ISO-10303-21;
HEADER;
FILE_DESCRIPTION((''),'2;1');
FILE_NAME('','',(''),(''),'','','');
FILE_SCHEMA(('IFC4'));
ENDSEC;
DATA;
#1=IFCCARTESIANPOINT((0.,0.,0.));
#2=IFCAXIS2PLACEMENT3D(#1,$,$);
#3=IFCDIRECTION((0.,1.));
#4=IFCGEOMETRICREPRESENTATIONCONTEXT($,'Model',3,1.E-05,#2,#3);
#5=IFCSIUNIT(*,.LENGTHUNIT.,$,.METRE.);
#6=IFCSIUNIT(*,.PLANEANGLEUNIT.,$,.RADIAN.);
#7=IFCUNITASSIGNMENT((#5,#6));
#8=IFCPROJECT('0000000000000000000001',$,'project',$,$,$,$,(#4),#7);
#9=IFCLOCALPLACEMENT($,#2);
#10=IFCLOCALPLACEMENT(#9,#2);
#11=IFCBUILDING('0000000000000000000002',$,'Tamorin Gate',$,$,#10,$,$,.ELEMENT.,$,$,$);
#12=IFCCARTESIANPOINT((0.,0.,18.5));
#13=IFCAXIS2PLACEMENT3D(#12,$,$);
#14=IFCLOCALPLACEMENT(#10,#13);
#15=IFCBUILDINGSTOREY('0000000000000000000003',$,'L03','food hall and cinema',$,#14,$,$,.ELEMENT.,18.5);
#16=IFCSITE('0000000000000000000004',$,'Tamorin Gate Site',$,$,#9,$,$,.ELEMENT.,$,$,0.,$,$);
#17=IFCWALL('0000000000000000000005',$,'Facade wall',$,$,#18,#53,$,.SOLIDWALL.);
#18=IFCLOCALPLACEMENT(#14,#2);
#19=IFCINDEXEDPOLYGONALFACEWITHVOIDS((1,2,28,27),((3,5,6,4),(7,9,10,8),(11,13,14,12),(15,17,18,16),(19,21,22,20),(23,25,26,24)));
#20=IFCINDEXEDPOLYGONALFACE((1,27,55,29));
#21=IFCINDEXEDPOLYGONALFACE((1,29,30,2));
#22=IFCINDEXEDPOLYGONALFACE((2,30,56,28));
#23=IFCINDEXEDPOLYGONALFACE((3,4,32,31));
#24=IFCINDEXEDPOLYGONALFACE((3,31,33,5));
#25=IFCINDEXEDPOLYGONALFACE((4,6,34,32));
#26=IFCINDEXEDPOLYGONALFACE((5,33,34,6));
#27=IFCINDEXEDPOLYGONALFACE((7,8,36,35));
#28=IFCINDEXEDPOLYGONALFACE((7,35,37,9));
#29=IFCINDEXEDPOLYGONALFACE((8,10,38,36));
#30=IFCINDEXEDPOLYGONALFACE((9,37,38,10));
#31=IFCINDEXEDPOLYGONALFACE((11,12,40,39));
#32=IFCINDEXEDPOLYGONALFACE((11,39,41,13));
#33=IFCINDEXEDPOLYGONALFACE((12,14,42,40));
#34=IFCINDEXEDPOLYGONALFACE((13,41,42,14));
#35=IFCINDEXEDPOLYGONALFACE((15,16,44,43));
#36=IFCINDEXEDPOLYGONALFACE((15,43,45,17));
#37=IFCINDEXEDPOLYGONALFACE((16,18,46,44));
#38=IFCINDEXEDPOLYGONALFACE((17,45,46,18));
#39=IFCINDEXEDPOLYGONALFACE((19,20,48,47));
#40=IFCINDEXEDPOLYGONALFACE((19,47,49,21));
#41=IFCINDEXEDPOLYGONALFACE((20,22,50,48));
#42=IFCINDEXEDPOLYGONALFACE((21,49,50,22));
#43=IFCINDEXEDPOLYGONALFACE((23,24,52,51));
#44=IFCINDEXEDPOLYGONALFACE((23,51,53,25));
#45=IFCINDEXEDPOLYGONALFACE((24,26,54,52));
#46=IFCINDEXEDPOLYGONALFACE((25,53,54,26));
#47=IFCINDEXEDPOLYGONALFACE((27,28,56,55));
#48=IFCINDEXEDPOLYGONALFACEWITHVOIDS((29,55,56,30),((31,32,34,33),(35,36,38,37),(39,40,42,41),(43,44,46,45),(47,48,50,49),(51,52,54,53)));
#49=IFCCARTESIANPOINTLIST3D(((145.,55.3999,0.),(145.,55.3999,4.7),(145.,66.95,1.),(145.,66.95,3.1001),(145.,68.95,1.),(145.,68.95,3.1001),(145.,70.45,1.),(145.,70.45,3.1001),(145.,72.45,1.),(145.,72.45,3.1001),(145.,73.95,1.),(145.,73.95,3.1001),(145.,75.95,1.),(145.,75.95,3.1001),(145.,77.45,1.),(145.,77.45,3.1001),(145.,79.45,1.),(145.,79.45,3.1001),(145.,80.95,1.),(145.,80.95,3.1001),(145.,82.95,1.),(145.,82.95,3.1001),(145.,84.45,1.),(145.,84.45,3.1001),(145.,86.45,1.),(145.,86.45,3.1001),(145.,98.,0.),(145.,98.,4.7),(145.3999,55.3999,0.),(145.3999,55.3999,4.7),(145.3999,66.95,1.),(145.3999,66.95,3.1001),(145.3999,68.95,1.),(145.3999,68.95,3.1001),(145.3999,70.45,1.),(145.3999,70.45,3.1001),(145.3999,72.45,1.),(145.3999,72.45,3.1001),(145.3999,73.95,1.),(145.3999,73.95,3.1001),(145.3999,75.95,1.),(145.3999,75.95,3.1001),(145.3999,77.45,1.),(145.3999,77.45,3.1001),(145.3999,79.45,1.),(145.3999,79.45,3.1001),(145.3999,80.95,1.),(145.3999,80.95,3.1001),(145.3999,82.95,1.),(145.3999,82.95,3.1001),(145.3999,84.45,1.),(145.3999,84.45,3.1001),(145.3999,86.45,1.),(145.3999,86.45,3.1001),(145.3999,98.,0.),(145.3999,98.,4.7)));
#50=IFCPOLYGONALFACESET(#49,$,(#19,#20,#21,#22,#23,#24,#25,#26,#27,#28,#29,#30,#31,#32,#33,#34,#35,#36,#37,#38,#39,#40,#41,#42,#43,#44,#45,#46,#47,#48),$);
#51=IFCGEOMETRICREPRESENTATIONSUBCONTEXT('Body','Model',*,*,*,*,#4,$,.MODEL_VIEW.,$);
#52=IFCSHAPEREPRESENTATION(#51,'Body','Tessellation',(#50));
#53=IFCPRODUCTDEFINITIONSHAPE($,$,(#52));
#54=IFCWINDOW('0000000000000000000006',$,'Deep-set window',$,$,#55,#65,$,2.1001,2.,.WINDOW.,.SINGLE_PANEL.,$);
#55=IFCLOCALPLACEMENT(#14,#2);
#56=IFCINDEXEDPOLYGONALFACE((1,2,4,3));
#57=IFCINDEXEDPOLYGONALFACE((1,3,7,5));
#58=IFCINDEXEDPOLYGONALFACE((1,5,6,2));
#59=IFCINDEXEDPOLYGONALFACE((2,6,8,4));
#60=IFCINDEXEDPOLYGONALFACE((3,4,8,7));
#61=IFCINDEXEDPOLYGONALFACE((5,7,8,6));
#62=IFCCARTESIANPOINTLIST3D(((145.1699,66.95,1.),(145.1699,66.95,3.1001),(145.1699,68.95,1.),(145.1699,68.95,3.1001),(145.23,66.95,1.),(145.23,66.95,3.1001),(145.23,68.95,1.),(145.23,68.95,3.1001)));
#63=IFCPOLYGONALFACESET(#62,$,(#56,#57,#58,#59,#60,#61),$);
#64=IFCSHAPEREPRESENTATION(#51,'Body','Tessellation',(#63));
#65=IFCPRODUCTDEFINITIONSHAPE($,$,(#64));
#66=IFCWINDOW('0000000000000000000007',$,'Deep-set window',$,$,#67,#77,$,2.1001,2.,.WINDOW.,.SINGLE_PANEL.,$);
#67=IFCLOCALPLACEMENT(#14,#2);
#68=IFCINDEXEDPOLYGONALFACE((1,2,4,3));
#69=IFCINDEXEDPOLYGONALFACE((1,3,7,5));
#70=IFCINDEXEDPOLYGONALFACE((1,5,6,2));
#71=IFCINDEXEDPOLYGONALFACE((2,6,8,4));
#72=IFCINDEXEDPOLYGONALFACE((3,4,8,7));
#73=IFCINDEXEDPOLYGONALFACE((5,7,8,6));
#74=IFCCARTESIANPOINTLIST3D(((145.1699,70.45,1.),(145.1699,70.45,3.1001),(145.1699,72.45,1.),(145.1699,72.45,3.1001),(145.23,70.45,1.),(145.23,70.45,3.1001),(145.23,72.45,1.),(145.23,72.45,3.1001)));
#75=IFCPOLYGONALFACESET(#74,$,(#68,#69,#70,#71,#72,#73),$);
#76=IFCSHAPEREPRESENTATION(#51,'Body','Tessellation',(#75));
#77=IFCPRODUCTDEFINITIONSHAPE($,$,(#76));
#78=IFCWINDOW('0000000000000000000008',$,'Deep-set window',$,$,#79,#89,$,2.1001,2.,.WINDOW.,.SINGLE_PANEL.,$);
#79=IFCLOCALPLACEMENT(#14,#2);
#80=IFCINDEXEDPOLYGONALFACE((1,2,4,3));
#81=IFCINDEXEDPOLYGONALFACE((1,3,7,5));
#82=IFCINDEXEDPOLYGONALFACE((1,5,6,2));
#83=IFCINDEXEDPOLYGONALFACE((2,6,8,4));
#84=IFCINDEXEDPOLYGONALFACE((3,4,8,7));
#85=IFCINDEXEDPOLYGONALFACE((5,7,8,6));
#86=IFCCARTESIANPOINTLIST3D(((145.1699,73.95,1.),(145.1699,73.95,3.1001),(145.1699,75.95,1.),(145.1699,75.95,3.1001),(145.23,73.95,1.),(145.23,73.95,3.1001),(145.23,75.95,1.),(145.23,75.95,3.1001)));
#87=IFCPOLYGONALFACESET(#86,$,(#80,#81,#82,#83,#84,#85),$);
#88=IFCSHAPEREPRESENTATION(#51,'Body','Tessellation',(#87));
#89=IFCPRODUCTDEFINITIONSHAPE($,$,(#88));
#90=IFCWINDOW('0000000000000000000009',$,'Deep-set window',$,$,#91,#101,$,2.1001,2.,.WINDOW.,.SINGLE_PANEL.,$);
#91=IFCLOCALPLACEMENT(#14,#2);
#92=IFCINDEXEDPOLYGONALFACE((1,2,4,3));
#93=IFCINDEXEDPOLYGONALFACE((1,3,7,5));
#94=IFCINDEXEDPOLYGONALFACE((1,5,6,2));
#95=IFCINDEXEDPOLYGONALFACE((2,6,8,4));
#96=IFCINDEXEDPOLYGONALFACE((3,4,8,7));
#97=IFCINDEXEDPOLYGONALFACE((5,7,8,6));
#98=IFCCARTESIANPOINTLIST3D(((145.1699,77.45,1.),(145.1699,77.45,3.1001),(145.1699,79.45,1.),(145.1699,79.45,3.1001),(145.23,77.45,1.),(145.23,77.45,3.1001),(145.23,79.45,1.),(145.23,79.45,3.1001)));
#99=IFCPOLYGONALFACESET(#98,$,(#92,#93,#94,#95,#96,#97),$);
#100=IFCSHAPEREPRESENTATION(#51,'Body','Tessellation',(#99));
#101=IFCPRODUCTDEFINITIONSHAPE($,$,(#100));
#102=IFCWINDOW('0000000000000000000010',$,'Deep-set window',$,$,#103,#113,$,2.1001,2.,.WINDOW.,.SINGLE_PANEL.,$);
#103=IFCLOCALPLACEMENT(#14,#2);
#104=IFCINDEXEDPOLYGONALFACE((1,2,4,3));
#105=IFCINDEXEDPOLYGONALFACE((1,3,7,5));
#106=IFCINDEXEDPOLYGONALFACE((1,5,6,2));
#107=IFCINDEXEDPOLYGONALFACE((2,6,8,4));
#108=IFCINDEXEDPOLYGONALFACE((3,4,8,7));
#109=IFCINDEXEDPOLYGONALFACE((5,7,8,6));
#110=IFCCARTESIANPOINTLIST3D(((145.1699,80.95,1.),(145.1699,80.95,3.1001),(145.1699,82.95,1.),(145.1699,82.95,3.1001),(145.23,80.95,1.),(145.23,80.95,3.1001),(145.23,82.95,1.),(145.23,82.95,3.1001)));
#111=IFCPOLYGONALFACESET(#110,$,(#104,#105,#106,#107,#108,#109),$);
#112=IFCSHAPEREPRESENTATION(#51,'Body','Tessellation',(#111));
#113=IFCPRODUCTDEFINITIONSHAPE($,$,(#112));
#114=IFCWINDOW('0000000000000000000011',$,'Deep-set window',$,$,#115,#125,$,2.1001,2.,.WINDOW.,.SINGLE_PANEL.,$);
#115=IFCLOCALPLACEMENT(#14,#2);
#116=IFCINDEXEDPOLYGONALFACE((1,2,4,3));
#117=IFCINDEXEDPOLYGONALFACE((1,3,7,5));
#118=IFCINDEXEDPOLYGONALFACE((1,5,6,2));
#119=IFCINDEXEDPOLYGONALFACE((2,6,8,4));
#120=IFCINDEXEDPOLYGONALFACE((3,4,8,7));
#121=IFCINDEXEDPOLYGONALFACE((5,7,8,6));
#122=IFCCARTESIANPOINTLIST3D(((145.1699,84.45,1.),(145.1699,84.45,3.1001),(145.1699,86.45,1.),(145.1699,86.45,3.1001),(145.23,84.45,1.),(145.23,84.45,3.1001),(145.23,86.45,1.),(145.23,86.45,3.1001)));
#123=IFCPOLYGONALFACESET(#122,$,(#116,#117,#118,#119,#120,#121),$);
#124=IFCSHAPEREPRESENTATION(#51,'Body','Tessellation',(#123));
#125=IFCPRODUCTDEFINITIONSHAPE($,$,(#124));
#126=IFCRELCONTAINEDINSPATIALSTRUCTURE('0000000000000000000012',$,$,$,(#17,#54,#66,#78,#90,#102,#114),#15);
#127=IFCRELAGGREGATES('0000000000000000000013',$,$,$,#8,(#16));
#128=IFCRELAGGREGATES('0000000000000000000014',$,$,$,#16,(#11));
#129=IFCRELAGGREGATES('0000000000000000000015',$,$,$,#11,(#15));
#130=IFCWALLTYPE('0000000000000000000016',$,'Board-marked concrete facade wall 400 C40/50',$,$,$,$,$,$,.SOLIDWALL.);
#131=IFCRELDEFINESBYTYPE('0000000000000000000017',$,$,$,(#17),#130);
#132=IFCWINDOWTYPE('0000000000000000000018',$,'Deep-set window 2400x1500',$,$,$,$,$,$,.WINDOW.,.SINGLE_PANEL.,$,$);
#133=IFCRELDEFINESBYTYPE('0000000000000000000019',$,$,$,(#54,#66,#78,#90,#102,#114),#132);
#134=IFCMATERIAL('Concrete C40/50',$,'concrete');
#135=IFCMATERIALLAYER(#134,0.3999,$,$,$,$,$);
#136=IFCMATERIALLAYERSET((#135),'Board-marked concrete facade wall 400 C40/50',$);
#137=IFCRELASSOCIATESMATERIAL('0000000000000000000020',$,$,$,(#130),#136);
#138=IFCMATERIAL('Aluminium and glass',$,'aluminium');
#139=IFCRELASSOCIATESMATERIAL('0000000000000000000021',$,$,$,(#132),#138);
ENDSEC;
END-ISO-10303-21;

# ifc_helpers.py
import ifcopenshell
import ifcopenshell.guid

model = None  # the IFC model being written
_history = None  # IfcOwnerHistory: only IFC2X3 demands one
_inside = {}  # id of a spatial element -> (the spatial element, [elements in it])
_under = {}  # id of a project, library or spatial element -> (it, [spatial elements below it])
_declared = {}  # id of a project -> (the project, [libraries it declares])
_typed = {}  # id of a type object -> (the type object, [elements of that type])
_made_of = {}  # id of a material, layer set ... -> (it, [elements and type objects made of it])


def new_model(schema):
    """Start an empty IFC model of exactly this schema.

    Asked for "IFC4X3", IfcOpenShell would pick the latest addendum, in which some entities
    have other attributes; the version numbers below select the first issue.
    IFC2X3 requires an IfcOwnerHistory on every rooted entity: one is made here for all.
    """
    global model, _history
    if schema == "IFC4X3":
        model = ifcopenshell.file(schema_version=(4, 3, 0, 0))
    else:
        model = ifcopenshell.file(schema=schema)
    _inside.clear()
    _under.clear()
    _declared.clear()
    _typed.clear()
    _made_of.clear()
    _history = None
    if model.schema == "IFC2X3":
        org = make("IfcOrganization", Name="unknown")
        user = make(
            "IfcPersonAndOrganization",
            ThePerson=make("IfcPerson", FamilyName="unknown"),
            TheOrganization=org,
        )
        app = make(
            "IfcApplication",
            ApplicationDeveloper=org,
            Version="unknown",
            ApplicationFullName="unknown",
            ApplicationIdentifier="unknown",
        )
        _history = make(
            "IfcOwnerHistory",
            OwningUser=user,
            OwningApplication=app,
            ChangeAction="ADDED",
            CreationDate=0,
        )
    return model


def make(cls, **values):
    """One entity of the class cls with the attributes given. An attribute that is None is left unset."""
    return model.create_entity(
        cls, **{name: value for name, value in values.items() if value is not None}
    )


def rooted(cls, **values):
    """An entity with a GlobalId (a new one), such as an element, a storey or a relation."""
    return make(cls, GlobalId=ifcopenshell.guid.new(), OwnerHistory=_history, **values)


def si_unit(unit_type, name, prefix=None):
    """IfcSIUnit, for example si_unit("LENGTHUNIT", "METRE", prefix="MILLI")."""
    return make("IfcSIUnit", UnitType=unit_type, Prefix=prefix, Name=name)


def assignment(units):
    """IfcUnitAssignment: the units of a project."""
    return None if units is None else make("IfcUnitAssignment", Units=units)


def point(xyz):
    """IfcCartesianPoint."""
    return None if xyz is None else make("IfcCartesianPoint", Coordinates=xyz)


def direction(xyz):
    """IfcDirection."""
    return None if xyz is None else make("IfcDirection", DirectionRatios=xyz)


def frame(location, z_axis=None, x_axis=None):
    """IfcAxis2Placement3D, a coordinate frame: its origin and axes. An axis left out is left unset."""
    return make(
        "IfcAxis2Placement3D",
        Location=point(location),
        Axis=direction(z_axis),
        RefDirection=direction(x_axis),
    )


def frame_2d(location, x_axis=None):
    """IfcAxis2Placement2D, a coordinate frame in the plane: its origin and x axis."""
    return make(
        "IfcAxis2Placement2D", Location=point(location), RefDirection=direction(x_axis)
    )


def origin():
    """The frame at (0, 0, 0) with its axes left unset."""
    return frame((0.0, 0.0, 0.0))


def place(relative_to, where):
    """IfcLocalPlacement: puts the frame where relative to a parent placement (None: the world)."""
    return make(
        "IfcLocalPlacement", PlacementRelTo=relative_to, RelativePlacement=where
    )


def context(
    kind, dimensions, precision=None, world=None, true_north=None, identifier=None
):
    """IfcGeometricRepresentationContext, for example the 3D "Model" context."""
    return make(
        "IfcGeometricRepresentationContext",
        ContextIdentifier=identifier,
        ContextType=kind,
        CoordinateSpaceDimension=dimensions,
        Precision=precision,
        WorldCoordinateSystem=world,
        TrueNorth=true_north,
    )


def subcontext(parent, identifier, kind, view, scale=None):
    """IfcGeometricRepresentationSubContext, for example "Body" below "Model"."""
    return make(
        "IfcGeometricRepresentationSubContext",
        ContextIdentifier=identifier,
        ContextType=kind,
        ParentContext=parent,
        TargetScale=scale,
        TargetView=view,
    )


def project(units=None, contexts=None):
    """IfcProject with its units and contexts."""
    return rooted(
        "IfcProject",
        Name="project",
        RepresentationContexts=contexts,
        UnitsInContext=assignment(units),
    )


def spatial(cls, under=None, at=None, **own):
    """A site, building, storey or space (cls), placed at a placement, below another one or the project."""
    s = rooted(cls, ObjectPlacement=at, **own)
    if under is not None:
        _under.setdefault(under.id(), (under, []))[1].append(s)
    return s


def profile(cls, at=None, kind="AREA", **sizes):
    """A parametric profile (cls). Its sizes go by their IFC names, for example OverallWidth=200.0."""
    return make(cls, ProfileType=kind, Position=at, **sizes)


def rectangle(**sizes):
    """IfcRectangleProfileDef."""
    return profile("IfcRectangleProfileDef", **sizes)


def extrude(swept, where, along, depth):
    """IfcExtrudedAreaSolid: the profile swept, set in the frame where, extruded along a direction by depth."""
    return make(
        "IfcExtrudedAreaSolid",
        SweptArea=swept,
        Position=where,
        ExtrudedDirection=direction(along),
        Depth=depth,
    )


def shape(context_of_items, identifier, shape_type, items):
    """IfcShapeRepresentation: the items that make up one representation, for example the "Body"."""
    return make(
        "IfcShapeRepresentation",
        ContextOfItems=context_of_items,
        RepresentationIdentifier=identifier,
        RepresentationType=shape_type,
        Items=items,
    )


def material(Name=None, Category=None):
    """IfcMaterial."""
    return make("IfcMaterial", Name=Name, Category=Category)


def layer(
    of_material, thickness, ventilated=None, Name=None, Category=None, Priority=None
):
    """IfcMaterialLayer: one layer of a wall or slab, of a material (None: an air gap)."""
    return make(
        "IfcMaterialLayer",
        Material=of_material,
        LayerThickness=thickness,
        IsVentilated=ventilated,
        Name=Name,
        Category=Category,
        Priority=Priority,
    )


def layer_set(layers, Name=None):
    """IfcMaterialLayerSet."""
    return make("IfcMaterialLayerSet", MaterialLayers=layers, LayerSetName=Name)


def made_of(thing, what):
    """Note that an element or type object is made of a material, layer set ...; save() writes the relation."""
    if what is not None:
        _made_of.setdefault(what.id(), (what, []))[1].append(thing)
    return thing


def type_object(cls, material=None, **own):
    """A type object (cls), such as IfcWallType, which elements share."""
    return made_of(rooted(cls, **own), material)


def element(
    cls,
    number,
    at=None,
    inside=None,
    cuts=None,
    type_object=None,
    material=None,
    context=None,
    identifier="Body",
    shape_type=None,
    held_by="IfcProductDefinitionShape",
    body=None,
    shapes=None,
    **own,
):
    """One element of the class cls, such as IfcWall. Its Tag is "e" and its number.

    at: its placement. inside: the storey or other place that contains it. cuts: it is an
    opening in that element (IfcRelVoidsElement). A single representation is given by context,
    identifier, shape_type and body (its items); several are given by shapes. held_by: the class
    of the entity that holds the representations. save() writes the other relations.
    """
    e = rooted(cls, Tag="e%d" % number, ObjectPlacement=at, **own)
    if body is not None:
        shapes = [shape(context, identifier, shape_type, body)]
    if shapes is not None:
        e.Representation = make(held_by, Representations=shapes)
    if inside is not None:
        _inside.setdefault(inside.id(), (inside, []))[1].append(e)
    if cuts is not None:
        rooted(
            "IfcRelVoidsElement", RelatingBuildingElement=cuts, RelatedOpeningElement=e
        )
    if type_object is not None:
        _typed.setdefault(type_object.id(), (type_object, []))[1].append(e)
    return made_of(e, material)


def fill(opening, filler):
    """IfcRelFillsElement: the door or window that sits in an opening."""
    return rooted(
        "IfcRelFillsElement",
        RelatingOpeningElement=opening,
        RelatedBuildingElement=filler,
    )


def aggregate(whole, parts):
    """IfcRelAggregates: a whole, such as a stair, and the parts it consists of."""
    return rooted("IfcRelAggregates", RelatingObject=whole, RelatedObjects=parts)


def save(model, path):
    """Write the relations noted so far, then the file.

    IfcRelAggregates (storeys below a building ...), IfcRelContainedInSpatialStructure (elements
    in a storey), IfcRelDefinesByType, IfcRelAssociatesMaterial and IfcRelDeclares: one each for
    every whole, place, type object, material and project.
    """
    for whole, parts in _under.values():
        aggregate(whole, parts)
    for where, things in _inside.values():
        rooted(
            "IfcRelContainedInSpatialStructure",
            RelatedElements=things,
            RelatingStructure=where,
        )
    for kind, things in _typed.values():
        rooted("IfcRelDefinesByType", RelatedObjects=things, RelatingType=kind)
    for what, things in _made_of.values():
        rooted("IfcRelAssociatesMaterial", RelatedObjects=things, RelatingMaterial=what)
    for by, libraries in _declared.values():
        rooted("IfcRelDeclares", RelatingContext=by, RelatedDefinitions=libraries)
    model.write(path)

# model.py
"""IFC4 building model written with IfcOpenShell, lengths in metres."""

from ifc_helpers import new_model, si_unit, direction, frame, frame_2d, origin, place, context, subcontext, project, spatial, rectangle, extrude, material, layer, layer_set, type_object, element, fill, save


model = new_model("IFC4")

# Units and contexts
model_context = context("Model", 3, precision=1e-05, world=origin(), true_north=direction((0.0, 1.0)))
body_context = subcontext(model_context, "Body", "Model", "MODEL_VIEW")
ifc_project = project(units=[si_unit("LENGTHUNIT", "METRE"), si_unit("PLANEANGLEUNIT", "RADIAN")], contexts=[model_context])

# Site, building, storey
site_placement = place(None, origin())
site = spatial("IfcSite", under=ifc_project, at=site_placement, Name="Tamorin Gate Site", CompositionType="ELEMENT", RefElevation=0.0)
building_placement = place(site_placement, origin())
building = spatial("IfcBuilding", under=site, at=building_placement, Name="Tamorin Gate", CompositionType="ELEMENT")
storey_placement = place(building_placement, frame((0.0, 0.0, 18.5)))
storey = spatial("IfcBuildingStorey", under=building, at=storey_placement, Name="L03", Description="food hall and cinema", CompositionType="ELEMENT", Elevation=18.5)

# Shared definitions
ifc_material_1 = material(Name="Concrete C40/50", Category="concrete")
ifc_layer_1 = layer(ifc_material_1, 0.3999)
ifc_layer_set_1 = layer_set([ifc_layer_1], Name="Board-marked concrete facade wall 400 C40/50")
wall_type_1 = type_object("IfcWallType", Name="Board-marked concrete facade wall 400 C40/50", PredefinedType="SOLIDWALL", material=ifc_layer_set_1)

# Wall, openings, windows
wall_1_placement = place(storey_placement, frame((145.2, 55.3999, 0.0), z_axis=(0.0, 0.0, 1.0), x_axis=(0.0, 1.0, 0.0)))
wall_1 = element("IfcWall", 1, at=wall_1_placement, inside=storey, type_object=wall_type_1, Name="Facade wall", PredefinedType="SOLIDWALL", context=body_context, shape_type="SweptSolid", body=[
    extrude(rectangle(XDim=42.6001, YDim=0.3999, at=frame_2d((21.3, 0.0))), origin(), (0.0, 0.0, 1.0), 4.7),
])
opening_1_placement = place(wall_1_placement, frame((11.55, 0.0, 1.0)))
opening_1 = element("IfcOpeningElement", 2, at=opening_1_placement, cuts=wall_1, PredefinedType="OPENING", context=body_context, shape_type="SweptSolid", body=[
    extrude(rectangle(XDim=2.0, YDim=2.1001, at=frame_2d((1.0, 1.05))), frame((0.0, 0.21, 0.0), z_axis=(0.0, -1.0, 0.0), x_axis=(1.0, 0.0, 0.0)), (0.0, 0.0, 1.0), 0.4199),
])
opening_2_placement = place(wall_1_placement, frame((15.05, 0.0, 1.0)))
opening_2 = element("IfcOpeningElement", 3, at=opening_2_placement, cuts=wall_1, PredefinedType="OPENING", context=body_context, shape_type="SweptSolid", body=[
    extrude(rectangle(XDim=2.0, YDim=2.1001, at=frame_2d((1.0, 1.05))), frame((0.0, 0.21, 0.0), z_axis=(0.0, -1.0, 0.0), x_axis=(1.0, 0.0, 0.0)), (0.0, 0.0, 1.0), 0.4199),
])
opening_3_placement = place(wall_1_placement, frame((18.55, 0.0, 1.0)))
opening_3 = element("IfcOpeningElement", 4, at=opening_3_placement, cuts=wall_1, PredefinedType="OPENING", context=body_context, shape_type="SweptSolid", body=[
    extrude(rectangle(XDim=2.0, YDim=2.1001, at=frame_2d((1.0, 1.05))), frame((0.0, 0.21, 0.0), z_axis=(0.0, -1.0, 0.0), x_axis=(1.0, 0.0, 0.0)), (0.0, 0.0, 1.0), 0.4199),
])
opening_4_placement = place(wall_1_placement, frame((22.05, 0.0, 1.0)))
opening_4 = element("IfcOpeningElement", 5, at=opening_4_placement, cuts=wall_1, PredefinedType="OPENING", context=body_context, shape_type="SweptSolid", body=[
    extrude(rectangle(XDim=2.0, YDim=2.1001, at=frame_2d((1.0, 1.05))), frame((0.0, 0.21, 0.0), z_axis=(0.0, -1.0, 0.0), x_axis=(1.0, 0.0, 0.0)), (0.0, 0.0, 1.0), 0.4199),
])
opening_5_placement = place(wall_1_placement, frame((25.55, 0.0, 1.0)))
opening_5 = element("IfcOpeningElement", 6, at=opening_5_placement, cuts=wall_1, PredefinedType="OPENING", context=body_context, shape_type="SweptSolid", body=[
    extrude(rectangle(XDim=2.0, YDim=2.1001, at=frame_2d((1.0, 1.05))), frame((0.0, 0.21, 0.0), z_axis=(0.0, -1.0, 0.0), x_axis=(1.0, 0.0, 0.0)), (0.0, 0.0, 1.0), 0.4199),
])
opening_6_placement = place(wall_1_placement, frame((29.05, 0.0, 1.0)))
opening_6 = element("IfcOpeningElement", 7, at=opening_6_placement, cuts=wall_1, PredefinedType="OPENING", context=body_context, shape_type="SweptSolid", body=[
    extrude(rectangle(XDim=2.0, YDim=2.1001, at=frame_2d((1.0, 1.05))), frame((0.0, 0.21, 0.0), z_axis=(0.0, -1.0, 0.0), x_axis=(1.0, 0.0, 0.0)), (0.0, 0.0, 1.0), 0.4199),
])
ifc_material_2 = material(Name="Aluminium and glass", Category="aluminium")
window_type_1 = type_object("IfcWindowType", Name="Deep-set window 2400x1500", PartitioningType="SINGLE_PANEL", PredefinedType="WINDOW", material=ifc_material_2)
window_1_placement = place(opening_1_placement, origin())
window_1 = element("IfcWindow", 8, at=window_1_placement, inside=storey, type_object=window_type_1, Name="Deep-set window", OverallHeight=2.1001, OverallWidth=2.0, PartitioningType="SINGLE_PANEL", PredefinedType="WINDOW", context=body_context, shape_type="SweptSolid", body=[
    extrude(rectangle(XDim=2.0, YDim=2.1001, at=frame_2d((1.0, 1.05))), frame((0.0, 0.03, 0.0), z_axis=(0.0, -1.0, 0.0), x_axis=(1.0, 0.0, 0.0)), (0.0, 0.0, 1.0), 0.0601),
])
fill(opening_1, window_1)
window_2_placement = place(opening_2_placement, origin())
window_2 = element("IfcWindow", 9, at=window_2_placement, inside=storey, type_object=window_type_1, Name="Deep-set window", OverallHeight=2.1001, OverallWidth=2.0, PartitioningType="SINGLE_PANEL", PredefinedType="WINDOW", context=body_context, shape_type="SweptSolid", body=[
    extrude(rectangle(XDim=2.0, YDim=2.1001, at=frame_2d((1.0, 1.05))), frame((0.0, 0.03, 0.0), z_axis=(0.0, -1.0, 0.0), x_axis=(1.0, 0.0, 0.0)), (0.0, 0.0, 1.0), 0.0601),
])
fill(opening_2, window_2)
window_3_placement = place(opening_3_placement, origin())
window_3 = element("IfcWindow", 10, at=window_3_placement, inside=storey, type_object=window_type_1, Name="Deep-set window", OverallHeight=2.1001, OverallWidth=2.0, PartitioningType="SINGLE_PANEL", PredefinedType="WINDOW", context=body_context, shape_type="SweptSolid", body=[
    extrude(rectangle(XDim=2.0, YDim=2.1001, at=frame_2d((1.0, 1.05))), frame((0.0, 0.03, 0.0), z_axis=(0.0, -1.0, 0.0), x_axis=(1.0, 0.0, 0.0)), (0.0, 0.0, 1.0), 0.0601),
])
fill(opening_3, window_3)
window_4_placement = place(opening_4_placement, origin())
window_4 = element("IfcWindow", 11, at=window_4_placement, inside=storey, type_object=window_type_1, Name="Deep-set window", OverallHeight=2.1001, OverallWidth=2.0, PartitioningType="SINGLE_PANEL", PredefinedType="WINDOW", context=body_context, shape_type="SweptSolid", body=[
    extrude(rectangle(XDim=2.0, YDim=2.1001, at=frame_2d((1.0, 1.05))), frame((0.0, 0.03, 0.0), z_axis=(0.0, -1.0, 0.0), x_axis=(1.0, 0.0, 0.0)), (0.0, 0.0, 1.0), 0.0601),
])
fill(opening_4, window_4)
window_5_placement = place(opening_5_placement, origin())
window_5 = element("IfcWindow", 12, at=window_5_placement, inside=storey, type_object=window_type_1, Name="Deep-set window", OverallHeight=2.1001, OverallWidth=2.0, PartitioningType="SINGLE_PANEL", PredefinedType="WINDOW", context=body_context, shape_type="SweptSolid", body=[
    extrude(rectangle(XDim=2.0, YDim=2.1001, at=frame_2d((1.0, 1.05))), frame((0.0, 0.03, 0.0), z_axis=(0.0, -1.0, 0.0), x_axis=(1.0, 0.0, 0.0)), (0.0, 0.0, 1.0), 0.0601),
])
fill(opening_5, window_5)
window_6_placement = place(opening_6_placement, origin())
window_6 = element("IfcWindow", 13, at=window_6_placement, inside=storey, type_object=window_type_1, Name="Deep-set window", OverallHeight=2.1001, OverallWidth=2.0, PartitioningType="SINGLE_PANEL", PredefinedType="WINDOW", context=body_context, shape_type="SweptSolid", body=[
    extrude(rectangle(XDim=2.0, YDim=2.1001, at=frame_2d((1.0, 1.05))), frame((0.0, 0.03, 0.0), z_axis=(0.0, -1.0, 0.0), x_axis=(1.0, 0.0, 0.0)), (0.0, 0.0, 1.0), 0.0601),
])
fill(opening_6, window_6)

save(model, "model.ifc")
